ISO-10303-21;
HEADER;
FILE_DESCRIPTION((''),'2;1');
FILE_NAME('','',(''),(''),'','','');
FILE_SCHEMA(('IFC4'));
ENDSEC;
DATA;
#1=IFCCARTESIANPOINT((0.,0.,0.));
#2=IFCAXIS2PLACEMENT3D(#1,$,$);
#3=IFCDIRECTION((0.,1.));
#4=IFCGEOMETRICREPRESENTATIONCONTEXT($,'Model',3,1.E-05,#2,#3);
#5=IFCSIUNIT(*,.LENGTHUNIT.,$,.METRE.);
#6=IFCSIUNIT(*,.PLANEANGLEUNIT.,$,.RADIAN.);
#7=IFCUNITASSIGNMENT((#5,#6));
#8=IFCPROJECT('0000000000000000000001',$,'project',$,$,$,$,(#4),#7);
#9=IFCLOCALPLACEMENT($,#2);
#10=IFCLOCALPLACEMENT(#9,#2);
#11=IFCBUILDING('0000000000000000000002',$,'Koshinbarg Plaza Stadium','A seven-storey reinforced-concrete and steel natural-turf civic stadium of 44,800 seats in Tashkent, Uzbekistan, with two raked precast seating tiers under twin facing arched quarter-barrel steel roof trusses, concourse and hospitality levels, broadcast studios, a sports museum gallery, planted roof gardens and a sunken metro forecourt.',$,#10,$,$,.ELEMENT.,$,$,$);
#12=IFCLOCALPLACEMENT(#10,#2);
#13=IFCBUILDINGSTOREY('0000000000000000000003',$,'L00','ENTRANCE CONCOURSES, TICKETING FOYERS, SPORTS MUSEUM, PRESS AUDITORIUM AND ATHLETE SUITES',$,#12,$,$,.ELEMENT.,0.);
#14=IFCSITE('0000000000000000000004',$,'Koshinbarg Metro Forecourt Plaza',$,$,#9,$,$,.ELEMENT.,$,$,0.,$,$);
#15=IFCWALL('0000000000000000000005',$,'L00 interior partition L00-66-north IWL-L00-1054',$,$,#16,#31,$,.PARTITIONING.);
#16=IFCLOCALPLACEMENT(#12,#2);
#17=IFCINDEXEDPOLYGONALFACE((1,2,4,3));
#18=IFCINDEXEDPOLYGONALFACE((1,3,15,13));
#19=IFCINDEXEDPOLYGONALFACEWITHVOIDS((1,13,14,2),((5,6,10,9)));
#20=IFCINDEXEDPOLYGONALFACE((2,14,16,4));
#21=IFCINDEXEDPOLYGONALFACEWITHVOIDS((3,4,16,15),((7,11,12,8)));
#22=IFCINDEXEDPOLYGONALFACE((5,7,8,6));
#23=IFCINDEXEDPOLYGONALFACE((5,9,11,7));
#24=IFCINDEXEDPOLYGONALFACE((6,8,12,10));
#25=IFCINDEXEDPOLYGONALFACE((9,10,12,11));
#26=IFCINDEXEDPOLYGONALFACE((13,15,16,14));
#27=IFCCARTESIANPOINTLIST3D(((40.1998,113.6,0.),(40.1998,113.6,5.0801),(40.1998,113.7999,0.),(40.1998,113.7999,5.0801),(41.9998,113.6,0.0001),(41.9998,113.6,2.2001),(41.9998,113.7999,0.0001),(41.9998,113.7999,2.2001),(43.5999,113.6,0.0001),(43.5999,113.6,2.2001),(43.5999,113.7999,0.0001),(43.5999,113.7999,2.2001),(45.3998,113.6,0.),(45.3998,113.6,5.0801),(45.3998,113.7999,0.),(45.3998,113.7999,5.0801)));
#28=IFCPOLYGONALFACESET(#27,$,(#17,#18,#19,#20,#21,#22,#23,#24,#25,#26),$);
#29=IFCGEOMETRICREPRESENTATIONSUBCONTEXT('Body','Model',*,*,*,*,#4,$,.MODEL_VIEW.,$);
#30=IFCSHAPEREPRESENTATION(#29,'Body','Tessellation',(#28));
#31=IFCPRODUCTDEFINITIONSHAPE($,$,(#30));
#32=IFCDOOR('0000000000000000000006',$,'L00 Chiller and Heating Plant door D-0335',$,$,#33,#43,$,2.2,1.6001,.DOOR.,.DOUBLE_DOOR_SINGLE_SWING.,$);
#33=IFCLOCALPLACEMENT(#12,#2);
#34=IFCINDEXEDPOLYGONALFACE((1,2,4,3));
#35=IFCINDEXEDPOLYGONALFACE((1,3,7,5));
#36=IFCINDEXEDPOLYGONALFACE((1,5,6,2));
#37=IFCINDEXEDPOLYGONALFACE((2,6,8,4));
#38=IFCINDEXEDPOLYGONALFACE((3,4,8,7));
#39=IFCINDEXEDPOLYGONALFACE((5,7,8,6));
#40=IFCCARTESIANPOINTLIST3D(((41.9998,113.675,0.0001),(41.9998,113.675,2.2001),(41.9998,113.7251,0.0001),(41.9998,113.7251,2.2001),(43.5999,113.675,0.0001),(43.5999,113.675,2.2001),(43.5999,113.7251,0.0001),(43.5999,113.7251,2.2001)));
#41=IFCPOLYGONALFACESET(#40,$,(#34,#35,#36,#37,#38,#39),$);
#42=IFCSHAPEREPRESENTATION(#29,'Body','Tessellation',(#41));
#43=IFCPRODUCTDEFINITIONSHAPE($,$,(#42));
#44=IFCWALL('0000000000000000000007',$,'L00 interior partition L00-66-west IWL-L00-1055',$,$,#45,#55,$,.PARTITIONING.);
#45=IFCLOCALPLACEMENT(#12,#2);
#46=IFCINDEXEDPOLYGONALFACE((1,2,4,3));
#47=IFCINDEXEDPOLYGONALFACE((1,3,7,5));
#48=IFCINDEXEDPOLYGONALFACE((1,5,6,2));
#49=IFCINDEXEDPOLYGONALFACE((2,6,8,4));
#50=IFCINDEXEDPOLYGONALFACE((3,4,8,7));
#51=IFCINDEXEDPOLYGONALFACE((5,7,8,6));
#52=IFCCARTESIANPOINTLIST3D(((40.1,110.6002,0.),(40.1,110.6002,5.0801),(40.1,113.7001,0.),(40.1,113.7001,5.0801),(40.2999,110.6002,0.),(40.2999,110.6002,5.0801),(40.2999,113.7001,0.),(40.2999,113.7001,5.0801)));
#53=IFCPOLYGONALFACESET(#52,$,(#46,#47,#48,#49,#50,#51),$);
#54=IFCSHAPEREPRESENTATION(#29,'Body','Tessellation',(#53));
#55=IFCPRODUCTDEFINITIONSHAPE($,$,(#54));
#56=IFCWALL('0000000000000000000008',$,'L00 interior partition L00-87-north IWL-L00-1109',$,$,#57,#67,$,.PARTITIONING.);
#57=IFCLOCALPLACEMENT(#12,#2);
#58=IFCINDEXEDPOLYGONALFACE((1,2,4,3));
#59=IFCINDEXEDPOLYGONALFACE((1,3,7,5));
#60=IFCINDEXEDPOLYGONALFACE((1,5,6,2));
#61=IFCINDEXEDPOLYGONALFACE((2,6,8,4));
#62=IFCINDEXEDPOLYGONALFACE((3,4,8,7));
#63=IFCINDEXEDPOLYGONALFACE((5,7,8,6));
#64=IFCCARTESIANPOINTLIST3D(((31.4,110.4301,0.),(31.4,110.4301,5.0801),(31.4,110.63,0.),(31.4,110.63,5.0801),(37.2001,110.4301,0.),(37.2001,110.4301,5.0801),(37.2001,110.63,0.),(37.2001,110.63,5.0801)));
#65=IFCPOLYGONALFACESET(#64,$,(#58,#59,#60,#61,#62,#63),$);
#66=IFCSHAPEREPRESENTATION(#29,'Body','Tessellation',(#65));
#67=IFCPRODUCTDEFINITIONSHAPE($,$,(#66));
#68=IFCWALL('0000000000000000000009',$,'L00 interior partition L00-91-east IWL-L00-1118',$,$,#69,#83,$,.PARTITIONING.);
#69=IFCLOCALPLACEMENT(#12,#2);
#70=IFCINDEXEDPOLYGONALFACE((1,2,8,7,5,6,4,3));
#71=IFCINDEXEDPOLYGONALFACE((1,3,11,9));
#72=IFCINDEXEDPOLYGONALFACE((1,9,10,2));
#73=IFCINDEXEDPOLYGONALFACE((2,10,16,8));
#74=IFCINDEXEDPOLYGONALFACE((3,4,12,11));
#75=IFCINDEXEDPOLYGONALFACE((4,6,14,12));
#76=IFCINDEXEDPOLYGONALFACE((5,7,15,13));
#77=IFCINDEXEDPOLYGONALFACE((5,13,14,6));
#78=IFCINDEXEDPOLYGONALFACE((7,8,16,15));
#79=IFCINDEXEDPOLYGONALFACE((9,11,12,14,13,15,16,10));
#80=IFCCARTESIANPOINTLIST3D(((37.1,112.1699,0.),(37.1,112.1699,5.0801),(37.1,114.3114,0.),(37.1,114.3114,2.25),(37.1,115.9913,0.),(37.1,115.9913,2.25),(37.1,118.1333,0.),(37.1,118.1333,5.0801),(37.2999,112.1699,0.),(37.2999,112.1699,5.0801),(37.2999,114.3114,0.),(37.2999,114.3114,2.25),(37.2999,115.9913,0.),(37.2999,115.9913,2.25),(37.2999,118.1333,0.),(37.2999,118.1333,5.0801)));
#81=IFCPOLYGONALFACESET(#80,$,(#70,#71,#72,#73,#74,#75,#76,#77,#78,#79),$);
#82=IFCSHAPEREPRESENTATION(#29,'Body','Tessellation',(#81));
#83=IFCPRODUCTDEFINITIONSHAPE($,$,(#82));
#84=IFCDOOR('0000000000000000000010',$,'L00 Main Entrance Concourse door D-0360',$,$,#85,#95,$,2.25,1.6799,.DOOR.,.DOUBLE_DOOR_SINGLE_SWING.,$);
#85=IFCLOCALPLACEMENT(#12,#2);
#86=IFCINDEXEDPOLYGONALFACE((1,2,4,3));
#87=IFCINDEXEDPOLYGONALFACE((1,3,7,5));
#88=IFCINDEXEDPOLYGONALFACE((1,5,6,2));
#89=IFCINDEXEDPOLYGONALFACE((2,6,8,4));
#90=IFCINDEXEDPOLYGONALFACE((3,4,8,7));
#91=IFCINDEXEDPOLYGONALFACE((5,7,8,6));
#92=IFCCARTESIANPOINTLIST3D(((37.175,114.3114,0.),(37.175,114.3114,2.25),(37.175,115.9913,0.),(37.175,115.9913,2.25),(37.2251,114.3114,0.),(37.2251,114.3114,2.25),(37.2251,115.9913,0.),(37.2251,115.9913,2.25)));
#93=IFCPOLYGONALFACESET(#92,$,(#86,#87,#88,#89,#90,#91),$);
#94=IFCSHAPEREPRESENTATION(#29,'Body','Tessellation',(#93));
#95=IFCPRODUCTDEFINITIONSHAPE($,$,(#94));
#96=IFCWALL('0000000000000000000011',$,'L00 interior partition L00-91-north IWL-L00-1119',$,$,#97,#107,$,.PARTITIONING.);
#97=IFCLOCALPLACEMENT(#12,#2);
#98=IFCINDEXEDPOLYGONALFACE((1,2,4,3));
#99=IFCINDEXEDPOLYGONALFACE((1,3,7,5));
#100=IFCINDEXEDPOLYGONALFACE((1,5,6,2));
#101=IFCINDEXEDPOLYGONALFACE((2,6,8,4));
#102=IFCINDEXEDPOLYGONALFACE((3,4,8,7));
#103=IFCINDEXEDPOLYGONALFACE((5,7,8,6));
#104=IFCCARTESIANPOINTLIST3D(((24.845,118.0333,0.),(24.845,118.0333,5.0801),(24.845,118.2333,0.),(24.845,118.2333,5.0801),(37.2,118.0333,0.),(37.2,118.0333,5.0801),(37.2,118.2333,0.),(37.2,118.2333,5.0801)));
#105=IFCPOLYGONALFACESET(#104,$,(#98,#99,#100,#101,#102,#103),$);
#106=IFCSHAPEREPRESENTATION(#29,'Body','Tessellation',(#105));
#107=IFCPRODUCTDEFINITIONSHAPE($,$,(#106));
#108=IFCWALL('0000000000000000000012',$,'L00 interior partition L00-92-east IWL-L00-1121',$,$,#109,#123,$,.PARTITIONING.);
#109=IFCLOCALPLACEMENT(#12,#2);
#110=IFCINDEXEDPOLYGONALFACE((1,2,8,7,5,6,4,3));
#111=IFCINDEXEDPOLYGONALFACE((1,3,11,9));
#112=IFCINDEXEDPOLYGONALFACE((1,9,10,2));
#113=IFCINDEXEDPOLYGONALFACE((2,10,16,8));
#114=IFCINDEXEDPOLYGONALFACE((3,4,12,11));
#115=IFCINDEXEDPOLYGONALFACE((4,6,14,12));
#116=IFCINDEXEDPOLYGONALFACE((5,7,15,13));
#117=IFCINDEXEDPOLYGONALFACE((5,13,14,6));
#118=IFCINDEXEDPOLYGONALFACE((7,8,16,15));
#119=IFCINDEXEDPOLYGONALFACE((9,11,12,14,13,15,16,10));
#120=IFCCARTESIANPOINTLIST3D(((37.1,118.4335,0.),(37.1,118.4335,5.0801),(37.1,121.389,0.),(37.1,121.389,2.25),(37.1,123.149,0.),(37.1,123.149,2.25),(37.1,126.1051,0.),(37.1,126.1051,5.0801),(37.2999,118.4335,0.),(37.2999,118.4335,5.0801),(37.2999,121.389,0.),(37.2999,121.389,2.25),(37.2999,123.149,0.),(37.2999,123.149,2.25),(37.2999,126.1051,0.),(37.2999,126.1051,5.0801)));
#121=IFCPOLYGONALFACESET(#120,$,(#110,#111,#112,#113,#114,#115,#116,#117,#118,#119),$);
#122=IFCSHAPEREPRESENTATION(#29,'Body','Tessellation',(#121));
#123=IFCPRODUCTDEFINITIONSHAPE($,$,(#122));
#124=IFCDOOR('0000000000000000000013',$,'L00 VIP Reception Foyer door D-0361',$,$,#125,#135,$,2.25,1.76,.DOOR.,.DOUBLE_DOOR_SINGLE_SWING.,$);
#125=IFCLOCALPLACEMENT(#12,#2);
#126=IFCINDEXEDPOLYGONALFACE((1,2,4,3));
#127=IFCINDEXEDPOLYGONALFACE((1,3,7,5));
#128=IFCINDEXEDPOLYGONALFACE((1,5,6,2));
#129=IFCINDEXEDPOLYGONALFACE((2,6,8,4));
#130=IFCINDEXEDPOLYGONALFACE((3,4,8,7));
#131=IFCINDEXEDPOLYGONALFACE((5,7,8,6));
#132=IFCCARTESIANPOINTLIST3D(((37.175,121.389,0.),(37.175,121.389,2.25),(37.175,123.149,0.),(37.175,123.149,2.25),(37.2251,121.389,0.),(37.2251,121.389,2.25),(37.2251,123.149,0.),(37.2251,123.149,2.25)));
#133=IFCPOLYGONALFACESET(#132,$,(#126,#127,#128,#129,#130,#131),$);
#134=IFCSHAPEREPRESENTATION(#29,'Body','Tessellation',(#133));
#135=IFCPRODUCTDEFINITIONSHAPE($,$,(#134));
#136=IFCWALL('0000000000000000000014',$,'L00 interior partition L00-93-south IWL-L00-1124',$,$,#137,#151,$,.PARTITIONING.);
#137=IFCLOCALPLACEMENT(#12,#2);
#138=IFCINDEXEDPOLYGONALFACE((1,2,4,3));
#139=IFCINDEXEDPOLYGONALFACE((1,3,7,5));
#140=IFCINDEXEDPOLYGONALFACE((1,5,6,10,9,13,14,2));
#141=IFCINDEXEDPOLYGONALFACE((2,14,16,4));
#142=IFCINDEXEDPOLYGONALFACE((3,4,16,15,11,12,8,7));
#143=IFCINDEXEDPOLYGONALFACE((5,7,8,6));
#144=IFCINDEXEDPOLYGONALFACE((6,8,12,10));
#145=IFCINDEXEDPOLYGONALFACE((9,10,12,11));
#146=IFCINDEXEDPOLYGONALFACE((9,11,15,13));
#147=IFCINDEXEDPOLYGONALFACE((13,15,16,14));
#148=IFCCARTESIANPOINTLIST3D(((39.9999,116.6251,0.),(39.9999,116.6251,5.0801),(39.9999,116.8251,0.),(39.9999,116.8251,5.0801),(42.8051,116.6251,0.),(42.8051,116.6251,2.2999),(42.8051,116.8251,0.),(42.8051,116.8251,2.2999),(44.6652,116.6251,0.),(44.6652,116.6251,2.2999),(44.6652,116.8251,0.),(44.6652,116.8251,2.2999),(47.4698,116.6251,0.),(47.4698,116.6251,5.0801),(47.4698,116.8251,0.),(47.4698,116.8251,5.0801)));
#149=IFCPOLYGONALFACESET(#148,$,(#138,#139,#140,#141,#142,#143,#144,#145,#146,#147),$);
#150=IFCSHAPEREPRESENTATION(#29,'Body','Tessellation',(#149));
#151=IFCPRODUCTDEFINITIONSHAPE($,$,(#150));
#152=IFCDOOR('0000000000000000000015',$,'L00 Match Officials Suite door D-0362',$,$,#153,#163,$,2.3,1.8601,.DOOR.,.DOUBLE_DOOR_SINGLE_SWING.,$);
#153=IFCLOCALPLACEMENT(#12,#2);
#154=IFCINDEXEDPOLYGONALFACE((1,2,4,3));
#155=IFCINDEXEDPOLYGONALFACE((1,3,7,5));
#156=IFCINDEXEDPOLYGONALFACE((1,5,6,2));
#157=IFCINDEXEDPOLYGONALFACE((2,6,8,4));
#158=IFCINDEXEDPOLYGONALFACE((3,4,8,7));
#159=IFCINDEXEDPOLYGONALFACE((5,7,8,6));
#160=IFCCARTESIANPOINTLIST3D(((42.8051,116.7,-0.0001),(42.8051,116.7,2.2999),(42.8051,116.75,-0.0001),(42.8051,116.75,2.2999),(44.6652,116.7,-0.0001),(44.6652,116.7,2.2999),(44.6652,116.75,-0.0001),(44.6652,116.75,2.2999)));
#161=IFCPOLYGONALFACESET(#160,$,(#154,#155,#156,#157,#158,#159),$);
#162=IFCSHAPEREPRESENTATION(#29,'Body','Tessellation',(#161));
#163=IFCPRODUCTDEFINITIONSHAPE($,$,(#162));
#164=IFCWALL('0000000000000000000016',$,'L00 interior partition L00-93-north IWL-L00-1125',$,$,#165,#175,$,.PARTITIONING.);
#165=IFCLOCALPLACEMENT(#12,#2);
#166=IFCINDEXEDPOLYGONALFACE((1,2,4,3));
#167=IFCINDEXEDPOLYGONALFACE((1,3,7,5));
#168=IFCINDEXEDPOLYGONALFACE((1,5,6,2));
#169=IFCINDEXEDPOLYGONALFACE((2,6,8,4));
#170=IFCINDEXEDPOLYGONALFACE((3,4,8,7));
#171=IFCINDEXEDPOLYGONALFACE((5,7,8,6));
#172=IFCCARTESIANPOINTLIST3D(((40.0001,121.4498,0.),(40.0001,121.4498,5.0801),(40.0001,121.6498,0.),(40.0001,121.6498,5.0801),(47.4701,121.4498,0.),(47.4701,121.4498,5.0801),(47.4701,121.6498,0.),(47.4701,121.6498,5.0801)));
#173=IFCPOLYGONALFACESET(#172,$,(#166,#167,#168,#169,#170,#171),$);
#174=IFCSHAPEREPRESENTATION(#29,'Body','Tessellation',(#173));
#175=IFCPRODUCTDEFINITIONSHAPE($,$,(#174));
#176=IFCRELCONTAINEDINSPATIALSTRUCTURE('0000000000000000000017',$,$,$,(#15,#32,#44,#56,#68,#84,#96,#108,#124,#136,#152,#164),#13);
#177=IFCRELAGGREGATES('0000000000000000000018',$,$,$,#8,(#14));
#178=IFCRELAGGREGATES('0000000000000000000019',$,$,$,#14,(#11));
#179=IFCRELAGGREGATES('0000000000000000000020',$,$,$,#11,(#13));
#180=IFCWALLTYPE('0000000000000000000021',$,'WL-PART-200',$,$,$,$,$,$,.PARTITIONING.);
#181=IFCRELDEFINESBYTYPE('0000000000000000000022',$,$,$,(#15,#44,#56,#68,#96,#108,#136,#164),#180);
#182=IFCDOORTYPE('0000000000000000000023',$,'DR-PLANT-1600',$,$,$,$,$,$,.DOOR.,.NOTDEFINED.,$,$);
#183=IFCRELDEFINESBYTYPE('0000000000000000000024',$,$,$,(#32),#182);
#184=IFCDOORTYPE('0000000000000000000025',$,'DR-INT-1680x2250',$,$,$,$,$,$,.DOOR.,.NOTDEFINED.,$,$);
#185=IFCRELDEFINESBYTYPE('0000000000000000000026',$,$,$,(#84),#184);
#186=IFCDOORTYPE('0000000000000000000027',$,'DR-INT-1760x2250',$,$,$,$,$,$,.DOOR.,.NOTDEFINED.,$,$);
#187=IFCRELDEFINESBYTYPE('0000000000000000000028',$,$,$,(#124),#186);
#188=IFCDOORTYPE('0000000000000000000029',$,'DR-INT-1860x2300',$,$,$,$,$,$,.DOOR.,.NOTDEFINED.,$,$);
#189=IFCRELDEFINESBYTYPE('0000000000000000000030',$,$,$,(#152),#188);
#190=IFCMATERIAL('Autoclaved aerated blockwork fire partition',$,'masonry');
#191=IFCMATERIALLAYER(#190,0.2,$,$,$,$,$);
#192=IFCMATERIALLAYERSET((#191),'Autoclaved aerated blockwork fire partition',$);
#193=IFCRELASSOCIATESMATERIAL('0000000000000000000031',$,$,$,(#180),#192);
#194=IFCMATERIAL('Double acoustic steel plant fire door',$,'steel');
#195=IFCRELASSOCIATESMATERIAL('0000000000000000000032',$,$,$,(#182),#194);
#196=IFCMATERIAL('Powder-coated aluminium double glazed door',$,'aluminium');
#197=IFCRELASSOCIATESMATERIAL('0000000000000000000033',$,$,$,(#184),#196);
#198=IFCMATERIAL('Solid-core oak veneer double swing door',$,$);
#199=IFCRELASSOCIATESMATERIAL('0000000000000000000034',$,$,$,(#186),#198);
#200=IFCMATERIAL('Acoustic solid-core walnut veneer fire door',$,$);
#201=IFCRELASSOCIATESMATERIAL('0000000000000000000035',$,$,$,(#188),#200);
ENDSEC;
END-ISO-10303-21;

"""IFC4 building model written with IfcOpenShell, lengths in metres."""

from ifc_helpers import new_model, si_unit, direction, frame, frame_2d, origin, place, context, subcontext, project, spatial, rectangle, extrude, material, layer, layer_set, type_object, element, fill, save


model = new_model("IFC4")

# Units and contexts
model_context = context("Model", 3, precision=1e-05, world=origin(), true_north=direction((0.0, 1.0)))
body_context = subcontext(model_context, "Body", "Model", "MODEL_VIEW")
ifc_project = project(units=[si_unit("LENGTHUNIT", "METRE"), si_unit("PLANEANGLEUNIT", "RADIAN")], contexts=[model_context])

# Site, building, storey
site_placement = place(None, origin())
site = spatial("IfcSite", under=ifc_project, at=site_placement, Name="Koshinbarg Metro Forecourt Plaza", CompositionType="ELEMENT", RefElevation=0.0)
building_placement = place(site_placement, origin())
building = spatial("IfcBuilding", under=site, at=building_placement, Name="Koshinbarg Plaza Stadium", Description="A seven-storey reinforced-concrete and steel natural-turf civic stadium of 44,800 seats in Tashkent, Uzbekistan, with two raked precast seating tiers under twin facing arched quarter-barrel steel roof trusses, concourse and hospitality levels, broadcast studios, a sports museum gallery, planted roof gardens and a sunken metro forecourt.", CompositionType="ELEMENT")
storey_placement = place(building_placement, origin())
storey = spatial("IfcBuildingStorey", under=building, at=storey_placement, Name="L00", Description="ENTRANCE CONCOURSES, TICKETING FOYERS, SPORTS MUSEUM, PRESS AUDITORIUM AND ATHLETE SUITES", CompositionType="ELEMENT", Elevation=0.0)

# Shared definitions
ifc_material_1 = material(Name="Autoclaved aerated blockwork fire partition", Category="masonry")
ifc_layer_1 = layer(ifc_material_1, 0.2)
ifc_layer_set_1 = layer_set([ifc_layer_1], Name="Autoclaved aerated blockwork fire partition")
wall_type_1 = type_object("IfcWallType", Name="WL-PART-200", PredefinedType="PARTITIONING", material=ifc_layer_set_1)

# Wall, opening, door
wall_1_placement = place(storey_placement, frame((45.3999, 113.7, 0.0), z_axis=(0.0, 0.0, 1.0), x_axis=(-1.0, 0.0, 0.0)))
wall_1 = element("IfcWall", 1, at=wall_1_placement, inside=storey, type_object=wall_type_1, Name="L00 interior partition L00-66-north IWL-L00-1054", PredefinedType="PARTITIONING", context=body_context, shape_type="SweptSolid", body=[
    extrude(rectangle(XDim=5.2, YDim=0.2, at=frame_2d((2.6001, 0.0))), origin(), (0.0, 0.0, 1.0), 5.0801),
])
opening_1_placement = place(wall_1_placement, frame((1.8, 0.0, 0.0)))
opening_1 = element("IfcOpeningElement", 2, at=opening_1_placement, cuts=wall_1, PredefinedType="OPENING", context=body_context, shape_type="SweptSolid", body=[
    extrude(rectangle(XDim=1.6001, YDim=2.2, at=frame_2d((0.8, 1.1001))), frame((0.0, 0.1099, 0.0), z_axis=(0.0, -1.0, 0.0), x_axis=(1.0, 0.0, 0.0)), (0.0, 0.0, 1.0), 0.22),
])
ifc_material_2 = material(Name="Double acoustic steel plant fire door", Category="steel")
door_type_1 = type_object("IfcDoorType", Name="DR-PLANT-1600", OperationType="NOTDEFINED", PredefinedType="DOOR", material=ifc_material_2)
door_1_placement = place(opening_1_placement, origin())
door_1 = element("IfcDoor", 3, at=door_1_placement, inside=storey, type_object=door_type_1, Name="L00 Chiller and Heating Plant door D-0335", OperationType="DOUBLE_DOOR_SINGLE_SWING", OverallHeight=2.2, OverallWidth=1.6001, PredefinedType="DOOR", context=body_context, shape_type="SweptSolid", body=[
    extrude(rectangle(XDim=1.6001, YDim=2.2, at=frame_2d((0.8, 1.1001))), frame((0.0, 0.0249, 0.0), z_axis=(0.0, -1.0, 0.0), x_axis=(1.0, 0.0, 0.0)), (0.0, 0.0, 1.0), 0.05),
])
fill(opening_1, door_1)

# Walls
wall_2_placement = place(storey_placement, frame((40.2, 113.7, 0.0), z_axis=(0.0, 0.0, 1.0), x_axis=(0.0, -1.0, 0.0)))
element("IfcWall", 4, at=wall_2_placement, inside=storey, type_object=wall_type_1, Name="L00 interior partition L00-66-west IWL-L00-1055", PredefinedType="PARTITIONING", context=body_context, shape_type="SweptSolid", body=[
    extrude(rectangle(XDim=3.0999, YDim=0.2, at=frame_2d((1.5498, 0.0))), origin(), (0.0, 0.0, 1.0), 5.0801),
])
wall_3_placement = place(storey_placement, frame((37.2, 110.53, 0.0), z_axis=(0.0, 0.0, 1.0), x_axis=(-1.0, 0.0, 0.0)))
element("IfcWall", 5, at=wall_3_placement, inside=storey, type_object=wall_type_1, Name="L00 interior partition L00-87-north IWL-L00-1109", PredefinedType="PARTITIONING", context=body_context, shape_type="SweptSolid", body=[
    extrude(rectangle(XDim=5.8, YDim=0.2, at=frame_2d((2.8999, 0.0))), origin(), (0.0, 0.0, 1.0), 5.0801),
])

# Wall, opening, door
wall_4_placement = place(storey_placement, frame((37.2, 112.1699, 0.0), z_axis=(0.0, 0.0, 1.0), x_axis=(0.0, 1.0, 0.0)))
wall_4 = element("IfcWall", 6, at=wall_4_placement, inside=storey, type_object=wall_type_1, Name="L00 interior partition L00-91-east IWL-L00-1118", PredefinedType="PARTITIONING", context=body_context, shape_type="SweptSolid", body=[
    extrude(rectangle(XDim=5.9634, YDim=0.2, at=frame_2d((2.9817, 0.0))), origin(), (0.0, 0.0, 1.0), 5.0801),
])
opening_2_placement = place(wall_4_placement, frame((2.1416, 0.0, 0.0)))
opening_2 = element("IfcOpeningElement", 7, at=opening_2_placement, cuts=wall_4, PredefinedType="OPENING", context=body_context, shape_type="SweptSolid", body=[
    extrude(rectangle(XDim=1.6799, YDim=2.25, at=frame_2d((0.8398, 1.125))), frame((0.0, 0.1099, 0.0), z_axis=(0.0, -1.0, 0.0), x_axis=(1.0, 0.0, 0.0)), (0.0, 0.0, 1.0), 0.22),
])
ifc_material_3 = material(Name="Powder-coated aluminium double glazed door", Category="aluminium")
door_type_2 = type_object("IfcDoorType", Name="DR-INT-1680x2250", OperationType="NOTDEFINED", PredefinedType="DOOR", material=ifc_material_3)
door_2_placement = place(opening_2_placement, origin())
door_2 = element("IfcDoor", 8, at=door_2_placement, inside=storey, type_object=door_type_2, Name="L00 Main Entrance Concourse door D-0360", OperationType="DOUBLE_DOOR_SINGLE_SWING", OverallHeight=2.25, OverallWidth=1.6799, PredefinedType="DOOR", context=body_context, shape_type="SweptSolid", body=[
    extrude(rectangle(XDim=1.6799, YDim=2.25, at=frame_2d((0.8398, 1.125))), frame((0.0, 0.0249, 0.0), z_axis=(0.0, -1.0, 0.0), x_axis=(1.0, 0.0, 0.0)), (0.0, 0.0, 1.0), 0.05),
])
fill(opening_2, door_2)

# Wall
wall_5_placement = place(storey_placement, frame((37.2, 118.1333, 0.0), z_axis=(0.0, 0.0, 1.0), x_axis=(-1.0, 0.0, 0.0)))
element("IfcWall", 9, at=wall_5_placement, inside=storey, type_object=wall_type_1, Name="L00 interior partition L00-91-north IWL-L00-1119", PredefinedType="PARTITIONING", context=body_context, shape_type="SweptSolid", body=[
    extrude(rectangle(XDim=12.355, YDim=0.2, at=frame_2d((6.1775, 0.0))), origin(), (0.0, 0.0, 1.0), 5.0801),
])

# Walls, openings, doors
wall_6_placement = place(storey_placement, frame((37.2, 118.4333, 0.0), z_axis=(0.0, 0.0, 1.0), x_axis=(0.0, 1.0, 0.0)))
wall_6 = element("IfcWall", 10, at=wall_6_placement, inside=storey, type_object=wall_type_1, Name="L00 interior partition L00-92-east IWL-L00-1121", PredefinedType="PARTITIONING", context=body_context, shape_type="SweptSolid", body=[
    extrude(rectangle(XDim=7.6716, YDim=0.2, at=frame_2d((3.8359, 0.0))), origin(), (0.0, 0.0, 1.0), 5.0801),
])
opening_3_placement = place(wall_6_placement, frame((2.9558, 0.0, 0.0)))
opening_3 = element("IfcOpeningElement", 11, at=opening_3_placement, cuts=wall_6, PredefinedType="OPENING", context=body_context, shape_type="SweptSolid", body=[
    extrude(rectangle(XDim=1.76, YDim=2.25, at=frame_2d((0.8799, 1.125))), frame((0.0, 0.1099, 0.0), z_axis=(0.0, -1.0, 0.0), x_axis=(1.0, 0.0, 0.0)), (0.0, 0.0, 1.0), 0.22),
])
ifc_material_4 = material(Name="Solid-core oak veneer double swing door")
door_type_3 = type_object("IfcDoorType", Name="DR-INT-1760x2250", OperationType="NOTDEFINED", PredefinedType="DOOR", material=ifc_material_4)
door_3_placement = place(opening_3_placement, origin())
door_3 = element("IfcDoor", 12, at=door_3_placement, inside=storey, type_object=door_type_3, Name="L00 VIP Reception Foyer door D-0361", OperationType="DOUBLE_DOOR_SINGLE_SWING", OverallHeight=2.25, OverallWidth=1.76, PredefinedType="DOOR", context=body_context, shape_type="SweptSolid", body=[
    extrude(rectangle(XDim=1.76, YDim=2.25, at=frame_2d((0.8799, 1.125))), frame((0.0, 0.0249, 0.0), z_axis=(0.0, -1.0, 0.0), x_axis=(1.0, 0.0, 0.0)), (0.0, 0.0, 1.0), 0.05),
])
fill(opening_3, door_3)
wall_7_placement = place(storey_placement, frame((40.0, 116.7251, 0.0), z_axis=(0.0, 0.0, 1.0), x_axis=(1.0, 0.0, 0.0)))
wall_7 = element("IfcWall", 13, at=wall_7_placement, inside=storey, type_object=wall_type_1, Name="L00 interior partition L00-93-south IWL-L00-1124", PredefinedType="PARTITIONING", context=body_context, shape_type="SweptSolid", body=[
    extrude(rectangle(XDim=7.47, YDim=0.2, at=frame_2d((3.7349, 0.0))), origin(), (0.0, 0.0, 1.0), 5.0801),
])
opening_4_placement = place(wall_7_placement, frame((2.8049, 0.0, 0.0)))
opening_4 = element("IfcOpeningElement", 14, at=opening_4_placement, cuts=wall_7, PredefinedType="OPENING", context=body_context, shape_type="SweptSolid", body=[
    extrude(rectangle(XDim=1.8601, YDim=2.3, at=frame_2d((0.9302, 1.1499))), frame((0.0, 0.1099, 0.0), z_axis=(0.0, -1.0, 0.0), x_axis=(1.0, 0.0, 0.0)), (0.0, 0.0, 1.0), 0.22),
])
ifc_material_5 = material(Name="Acoustic solid-core walnut veneer fire door")
door_type_4 = type_object("IfcDoorType", Name="DR-INT-1860x2300", OperationType="NOTDEFINED", PredefinedType="DOOR", material=ifc_material_5)
door_4_placement = place(opening_4_placement, origin())
door_4 = element("IfcDoor", 15, at=door_4_placement, inside=storey, type_object=door_type_4, Name="L00 Match Officials Suite door D-0362", OperationType="DOUBLE_DOOR_SINGLE_SWING", OverallHeight=2.3, OverallWidth=1.8601, PredefinedType="DOOR", context=body_context, shape_type="SweptSolid", body=[
    extrude(rectangle(XDim=1.8601, YDim=2.3, at=frame_2d((0.9302, 1.1499))), frame((0.0, 0.0249, 0.0), z_axis=(0.0, -1.0, 0.0), x_axis=(1.0, 0.0, 0.0)), (0.0, 0.0, 1.0), 0.05),
])
fill(opening_4, door_4)

# Wall
wall_8_placement = place(storey_placement, frame((47.47, 121.5498, 0.0), z_axis=(0.0, 0.0, 1.0), x_axis=(-1.0, 0.0, 0.0)))
element("IfcWall", 16, at=wall_8_placement, inside=storey, type_object=wall_type_1, Name="L00 interior partition L00-93-north IWL-L00-1125", PredefinedType="PARTITIONING", context=body_context, shape_type="SweptSolid", body=[
    extrude(rectangle(XDim=7.47, YDim=0.2, at=frame_2d((3.7349, 0.0))), origin(), (0.0, 0.0, 1.0), 5.0801),
])

save(model, "model.ifc")
